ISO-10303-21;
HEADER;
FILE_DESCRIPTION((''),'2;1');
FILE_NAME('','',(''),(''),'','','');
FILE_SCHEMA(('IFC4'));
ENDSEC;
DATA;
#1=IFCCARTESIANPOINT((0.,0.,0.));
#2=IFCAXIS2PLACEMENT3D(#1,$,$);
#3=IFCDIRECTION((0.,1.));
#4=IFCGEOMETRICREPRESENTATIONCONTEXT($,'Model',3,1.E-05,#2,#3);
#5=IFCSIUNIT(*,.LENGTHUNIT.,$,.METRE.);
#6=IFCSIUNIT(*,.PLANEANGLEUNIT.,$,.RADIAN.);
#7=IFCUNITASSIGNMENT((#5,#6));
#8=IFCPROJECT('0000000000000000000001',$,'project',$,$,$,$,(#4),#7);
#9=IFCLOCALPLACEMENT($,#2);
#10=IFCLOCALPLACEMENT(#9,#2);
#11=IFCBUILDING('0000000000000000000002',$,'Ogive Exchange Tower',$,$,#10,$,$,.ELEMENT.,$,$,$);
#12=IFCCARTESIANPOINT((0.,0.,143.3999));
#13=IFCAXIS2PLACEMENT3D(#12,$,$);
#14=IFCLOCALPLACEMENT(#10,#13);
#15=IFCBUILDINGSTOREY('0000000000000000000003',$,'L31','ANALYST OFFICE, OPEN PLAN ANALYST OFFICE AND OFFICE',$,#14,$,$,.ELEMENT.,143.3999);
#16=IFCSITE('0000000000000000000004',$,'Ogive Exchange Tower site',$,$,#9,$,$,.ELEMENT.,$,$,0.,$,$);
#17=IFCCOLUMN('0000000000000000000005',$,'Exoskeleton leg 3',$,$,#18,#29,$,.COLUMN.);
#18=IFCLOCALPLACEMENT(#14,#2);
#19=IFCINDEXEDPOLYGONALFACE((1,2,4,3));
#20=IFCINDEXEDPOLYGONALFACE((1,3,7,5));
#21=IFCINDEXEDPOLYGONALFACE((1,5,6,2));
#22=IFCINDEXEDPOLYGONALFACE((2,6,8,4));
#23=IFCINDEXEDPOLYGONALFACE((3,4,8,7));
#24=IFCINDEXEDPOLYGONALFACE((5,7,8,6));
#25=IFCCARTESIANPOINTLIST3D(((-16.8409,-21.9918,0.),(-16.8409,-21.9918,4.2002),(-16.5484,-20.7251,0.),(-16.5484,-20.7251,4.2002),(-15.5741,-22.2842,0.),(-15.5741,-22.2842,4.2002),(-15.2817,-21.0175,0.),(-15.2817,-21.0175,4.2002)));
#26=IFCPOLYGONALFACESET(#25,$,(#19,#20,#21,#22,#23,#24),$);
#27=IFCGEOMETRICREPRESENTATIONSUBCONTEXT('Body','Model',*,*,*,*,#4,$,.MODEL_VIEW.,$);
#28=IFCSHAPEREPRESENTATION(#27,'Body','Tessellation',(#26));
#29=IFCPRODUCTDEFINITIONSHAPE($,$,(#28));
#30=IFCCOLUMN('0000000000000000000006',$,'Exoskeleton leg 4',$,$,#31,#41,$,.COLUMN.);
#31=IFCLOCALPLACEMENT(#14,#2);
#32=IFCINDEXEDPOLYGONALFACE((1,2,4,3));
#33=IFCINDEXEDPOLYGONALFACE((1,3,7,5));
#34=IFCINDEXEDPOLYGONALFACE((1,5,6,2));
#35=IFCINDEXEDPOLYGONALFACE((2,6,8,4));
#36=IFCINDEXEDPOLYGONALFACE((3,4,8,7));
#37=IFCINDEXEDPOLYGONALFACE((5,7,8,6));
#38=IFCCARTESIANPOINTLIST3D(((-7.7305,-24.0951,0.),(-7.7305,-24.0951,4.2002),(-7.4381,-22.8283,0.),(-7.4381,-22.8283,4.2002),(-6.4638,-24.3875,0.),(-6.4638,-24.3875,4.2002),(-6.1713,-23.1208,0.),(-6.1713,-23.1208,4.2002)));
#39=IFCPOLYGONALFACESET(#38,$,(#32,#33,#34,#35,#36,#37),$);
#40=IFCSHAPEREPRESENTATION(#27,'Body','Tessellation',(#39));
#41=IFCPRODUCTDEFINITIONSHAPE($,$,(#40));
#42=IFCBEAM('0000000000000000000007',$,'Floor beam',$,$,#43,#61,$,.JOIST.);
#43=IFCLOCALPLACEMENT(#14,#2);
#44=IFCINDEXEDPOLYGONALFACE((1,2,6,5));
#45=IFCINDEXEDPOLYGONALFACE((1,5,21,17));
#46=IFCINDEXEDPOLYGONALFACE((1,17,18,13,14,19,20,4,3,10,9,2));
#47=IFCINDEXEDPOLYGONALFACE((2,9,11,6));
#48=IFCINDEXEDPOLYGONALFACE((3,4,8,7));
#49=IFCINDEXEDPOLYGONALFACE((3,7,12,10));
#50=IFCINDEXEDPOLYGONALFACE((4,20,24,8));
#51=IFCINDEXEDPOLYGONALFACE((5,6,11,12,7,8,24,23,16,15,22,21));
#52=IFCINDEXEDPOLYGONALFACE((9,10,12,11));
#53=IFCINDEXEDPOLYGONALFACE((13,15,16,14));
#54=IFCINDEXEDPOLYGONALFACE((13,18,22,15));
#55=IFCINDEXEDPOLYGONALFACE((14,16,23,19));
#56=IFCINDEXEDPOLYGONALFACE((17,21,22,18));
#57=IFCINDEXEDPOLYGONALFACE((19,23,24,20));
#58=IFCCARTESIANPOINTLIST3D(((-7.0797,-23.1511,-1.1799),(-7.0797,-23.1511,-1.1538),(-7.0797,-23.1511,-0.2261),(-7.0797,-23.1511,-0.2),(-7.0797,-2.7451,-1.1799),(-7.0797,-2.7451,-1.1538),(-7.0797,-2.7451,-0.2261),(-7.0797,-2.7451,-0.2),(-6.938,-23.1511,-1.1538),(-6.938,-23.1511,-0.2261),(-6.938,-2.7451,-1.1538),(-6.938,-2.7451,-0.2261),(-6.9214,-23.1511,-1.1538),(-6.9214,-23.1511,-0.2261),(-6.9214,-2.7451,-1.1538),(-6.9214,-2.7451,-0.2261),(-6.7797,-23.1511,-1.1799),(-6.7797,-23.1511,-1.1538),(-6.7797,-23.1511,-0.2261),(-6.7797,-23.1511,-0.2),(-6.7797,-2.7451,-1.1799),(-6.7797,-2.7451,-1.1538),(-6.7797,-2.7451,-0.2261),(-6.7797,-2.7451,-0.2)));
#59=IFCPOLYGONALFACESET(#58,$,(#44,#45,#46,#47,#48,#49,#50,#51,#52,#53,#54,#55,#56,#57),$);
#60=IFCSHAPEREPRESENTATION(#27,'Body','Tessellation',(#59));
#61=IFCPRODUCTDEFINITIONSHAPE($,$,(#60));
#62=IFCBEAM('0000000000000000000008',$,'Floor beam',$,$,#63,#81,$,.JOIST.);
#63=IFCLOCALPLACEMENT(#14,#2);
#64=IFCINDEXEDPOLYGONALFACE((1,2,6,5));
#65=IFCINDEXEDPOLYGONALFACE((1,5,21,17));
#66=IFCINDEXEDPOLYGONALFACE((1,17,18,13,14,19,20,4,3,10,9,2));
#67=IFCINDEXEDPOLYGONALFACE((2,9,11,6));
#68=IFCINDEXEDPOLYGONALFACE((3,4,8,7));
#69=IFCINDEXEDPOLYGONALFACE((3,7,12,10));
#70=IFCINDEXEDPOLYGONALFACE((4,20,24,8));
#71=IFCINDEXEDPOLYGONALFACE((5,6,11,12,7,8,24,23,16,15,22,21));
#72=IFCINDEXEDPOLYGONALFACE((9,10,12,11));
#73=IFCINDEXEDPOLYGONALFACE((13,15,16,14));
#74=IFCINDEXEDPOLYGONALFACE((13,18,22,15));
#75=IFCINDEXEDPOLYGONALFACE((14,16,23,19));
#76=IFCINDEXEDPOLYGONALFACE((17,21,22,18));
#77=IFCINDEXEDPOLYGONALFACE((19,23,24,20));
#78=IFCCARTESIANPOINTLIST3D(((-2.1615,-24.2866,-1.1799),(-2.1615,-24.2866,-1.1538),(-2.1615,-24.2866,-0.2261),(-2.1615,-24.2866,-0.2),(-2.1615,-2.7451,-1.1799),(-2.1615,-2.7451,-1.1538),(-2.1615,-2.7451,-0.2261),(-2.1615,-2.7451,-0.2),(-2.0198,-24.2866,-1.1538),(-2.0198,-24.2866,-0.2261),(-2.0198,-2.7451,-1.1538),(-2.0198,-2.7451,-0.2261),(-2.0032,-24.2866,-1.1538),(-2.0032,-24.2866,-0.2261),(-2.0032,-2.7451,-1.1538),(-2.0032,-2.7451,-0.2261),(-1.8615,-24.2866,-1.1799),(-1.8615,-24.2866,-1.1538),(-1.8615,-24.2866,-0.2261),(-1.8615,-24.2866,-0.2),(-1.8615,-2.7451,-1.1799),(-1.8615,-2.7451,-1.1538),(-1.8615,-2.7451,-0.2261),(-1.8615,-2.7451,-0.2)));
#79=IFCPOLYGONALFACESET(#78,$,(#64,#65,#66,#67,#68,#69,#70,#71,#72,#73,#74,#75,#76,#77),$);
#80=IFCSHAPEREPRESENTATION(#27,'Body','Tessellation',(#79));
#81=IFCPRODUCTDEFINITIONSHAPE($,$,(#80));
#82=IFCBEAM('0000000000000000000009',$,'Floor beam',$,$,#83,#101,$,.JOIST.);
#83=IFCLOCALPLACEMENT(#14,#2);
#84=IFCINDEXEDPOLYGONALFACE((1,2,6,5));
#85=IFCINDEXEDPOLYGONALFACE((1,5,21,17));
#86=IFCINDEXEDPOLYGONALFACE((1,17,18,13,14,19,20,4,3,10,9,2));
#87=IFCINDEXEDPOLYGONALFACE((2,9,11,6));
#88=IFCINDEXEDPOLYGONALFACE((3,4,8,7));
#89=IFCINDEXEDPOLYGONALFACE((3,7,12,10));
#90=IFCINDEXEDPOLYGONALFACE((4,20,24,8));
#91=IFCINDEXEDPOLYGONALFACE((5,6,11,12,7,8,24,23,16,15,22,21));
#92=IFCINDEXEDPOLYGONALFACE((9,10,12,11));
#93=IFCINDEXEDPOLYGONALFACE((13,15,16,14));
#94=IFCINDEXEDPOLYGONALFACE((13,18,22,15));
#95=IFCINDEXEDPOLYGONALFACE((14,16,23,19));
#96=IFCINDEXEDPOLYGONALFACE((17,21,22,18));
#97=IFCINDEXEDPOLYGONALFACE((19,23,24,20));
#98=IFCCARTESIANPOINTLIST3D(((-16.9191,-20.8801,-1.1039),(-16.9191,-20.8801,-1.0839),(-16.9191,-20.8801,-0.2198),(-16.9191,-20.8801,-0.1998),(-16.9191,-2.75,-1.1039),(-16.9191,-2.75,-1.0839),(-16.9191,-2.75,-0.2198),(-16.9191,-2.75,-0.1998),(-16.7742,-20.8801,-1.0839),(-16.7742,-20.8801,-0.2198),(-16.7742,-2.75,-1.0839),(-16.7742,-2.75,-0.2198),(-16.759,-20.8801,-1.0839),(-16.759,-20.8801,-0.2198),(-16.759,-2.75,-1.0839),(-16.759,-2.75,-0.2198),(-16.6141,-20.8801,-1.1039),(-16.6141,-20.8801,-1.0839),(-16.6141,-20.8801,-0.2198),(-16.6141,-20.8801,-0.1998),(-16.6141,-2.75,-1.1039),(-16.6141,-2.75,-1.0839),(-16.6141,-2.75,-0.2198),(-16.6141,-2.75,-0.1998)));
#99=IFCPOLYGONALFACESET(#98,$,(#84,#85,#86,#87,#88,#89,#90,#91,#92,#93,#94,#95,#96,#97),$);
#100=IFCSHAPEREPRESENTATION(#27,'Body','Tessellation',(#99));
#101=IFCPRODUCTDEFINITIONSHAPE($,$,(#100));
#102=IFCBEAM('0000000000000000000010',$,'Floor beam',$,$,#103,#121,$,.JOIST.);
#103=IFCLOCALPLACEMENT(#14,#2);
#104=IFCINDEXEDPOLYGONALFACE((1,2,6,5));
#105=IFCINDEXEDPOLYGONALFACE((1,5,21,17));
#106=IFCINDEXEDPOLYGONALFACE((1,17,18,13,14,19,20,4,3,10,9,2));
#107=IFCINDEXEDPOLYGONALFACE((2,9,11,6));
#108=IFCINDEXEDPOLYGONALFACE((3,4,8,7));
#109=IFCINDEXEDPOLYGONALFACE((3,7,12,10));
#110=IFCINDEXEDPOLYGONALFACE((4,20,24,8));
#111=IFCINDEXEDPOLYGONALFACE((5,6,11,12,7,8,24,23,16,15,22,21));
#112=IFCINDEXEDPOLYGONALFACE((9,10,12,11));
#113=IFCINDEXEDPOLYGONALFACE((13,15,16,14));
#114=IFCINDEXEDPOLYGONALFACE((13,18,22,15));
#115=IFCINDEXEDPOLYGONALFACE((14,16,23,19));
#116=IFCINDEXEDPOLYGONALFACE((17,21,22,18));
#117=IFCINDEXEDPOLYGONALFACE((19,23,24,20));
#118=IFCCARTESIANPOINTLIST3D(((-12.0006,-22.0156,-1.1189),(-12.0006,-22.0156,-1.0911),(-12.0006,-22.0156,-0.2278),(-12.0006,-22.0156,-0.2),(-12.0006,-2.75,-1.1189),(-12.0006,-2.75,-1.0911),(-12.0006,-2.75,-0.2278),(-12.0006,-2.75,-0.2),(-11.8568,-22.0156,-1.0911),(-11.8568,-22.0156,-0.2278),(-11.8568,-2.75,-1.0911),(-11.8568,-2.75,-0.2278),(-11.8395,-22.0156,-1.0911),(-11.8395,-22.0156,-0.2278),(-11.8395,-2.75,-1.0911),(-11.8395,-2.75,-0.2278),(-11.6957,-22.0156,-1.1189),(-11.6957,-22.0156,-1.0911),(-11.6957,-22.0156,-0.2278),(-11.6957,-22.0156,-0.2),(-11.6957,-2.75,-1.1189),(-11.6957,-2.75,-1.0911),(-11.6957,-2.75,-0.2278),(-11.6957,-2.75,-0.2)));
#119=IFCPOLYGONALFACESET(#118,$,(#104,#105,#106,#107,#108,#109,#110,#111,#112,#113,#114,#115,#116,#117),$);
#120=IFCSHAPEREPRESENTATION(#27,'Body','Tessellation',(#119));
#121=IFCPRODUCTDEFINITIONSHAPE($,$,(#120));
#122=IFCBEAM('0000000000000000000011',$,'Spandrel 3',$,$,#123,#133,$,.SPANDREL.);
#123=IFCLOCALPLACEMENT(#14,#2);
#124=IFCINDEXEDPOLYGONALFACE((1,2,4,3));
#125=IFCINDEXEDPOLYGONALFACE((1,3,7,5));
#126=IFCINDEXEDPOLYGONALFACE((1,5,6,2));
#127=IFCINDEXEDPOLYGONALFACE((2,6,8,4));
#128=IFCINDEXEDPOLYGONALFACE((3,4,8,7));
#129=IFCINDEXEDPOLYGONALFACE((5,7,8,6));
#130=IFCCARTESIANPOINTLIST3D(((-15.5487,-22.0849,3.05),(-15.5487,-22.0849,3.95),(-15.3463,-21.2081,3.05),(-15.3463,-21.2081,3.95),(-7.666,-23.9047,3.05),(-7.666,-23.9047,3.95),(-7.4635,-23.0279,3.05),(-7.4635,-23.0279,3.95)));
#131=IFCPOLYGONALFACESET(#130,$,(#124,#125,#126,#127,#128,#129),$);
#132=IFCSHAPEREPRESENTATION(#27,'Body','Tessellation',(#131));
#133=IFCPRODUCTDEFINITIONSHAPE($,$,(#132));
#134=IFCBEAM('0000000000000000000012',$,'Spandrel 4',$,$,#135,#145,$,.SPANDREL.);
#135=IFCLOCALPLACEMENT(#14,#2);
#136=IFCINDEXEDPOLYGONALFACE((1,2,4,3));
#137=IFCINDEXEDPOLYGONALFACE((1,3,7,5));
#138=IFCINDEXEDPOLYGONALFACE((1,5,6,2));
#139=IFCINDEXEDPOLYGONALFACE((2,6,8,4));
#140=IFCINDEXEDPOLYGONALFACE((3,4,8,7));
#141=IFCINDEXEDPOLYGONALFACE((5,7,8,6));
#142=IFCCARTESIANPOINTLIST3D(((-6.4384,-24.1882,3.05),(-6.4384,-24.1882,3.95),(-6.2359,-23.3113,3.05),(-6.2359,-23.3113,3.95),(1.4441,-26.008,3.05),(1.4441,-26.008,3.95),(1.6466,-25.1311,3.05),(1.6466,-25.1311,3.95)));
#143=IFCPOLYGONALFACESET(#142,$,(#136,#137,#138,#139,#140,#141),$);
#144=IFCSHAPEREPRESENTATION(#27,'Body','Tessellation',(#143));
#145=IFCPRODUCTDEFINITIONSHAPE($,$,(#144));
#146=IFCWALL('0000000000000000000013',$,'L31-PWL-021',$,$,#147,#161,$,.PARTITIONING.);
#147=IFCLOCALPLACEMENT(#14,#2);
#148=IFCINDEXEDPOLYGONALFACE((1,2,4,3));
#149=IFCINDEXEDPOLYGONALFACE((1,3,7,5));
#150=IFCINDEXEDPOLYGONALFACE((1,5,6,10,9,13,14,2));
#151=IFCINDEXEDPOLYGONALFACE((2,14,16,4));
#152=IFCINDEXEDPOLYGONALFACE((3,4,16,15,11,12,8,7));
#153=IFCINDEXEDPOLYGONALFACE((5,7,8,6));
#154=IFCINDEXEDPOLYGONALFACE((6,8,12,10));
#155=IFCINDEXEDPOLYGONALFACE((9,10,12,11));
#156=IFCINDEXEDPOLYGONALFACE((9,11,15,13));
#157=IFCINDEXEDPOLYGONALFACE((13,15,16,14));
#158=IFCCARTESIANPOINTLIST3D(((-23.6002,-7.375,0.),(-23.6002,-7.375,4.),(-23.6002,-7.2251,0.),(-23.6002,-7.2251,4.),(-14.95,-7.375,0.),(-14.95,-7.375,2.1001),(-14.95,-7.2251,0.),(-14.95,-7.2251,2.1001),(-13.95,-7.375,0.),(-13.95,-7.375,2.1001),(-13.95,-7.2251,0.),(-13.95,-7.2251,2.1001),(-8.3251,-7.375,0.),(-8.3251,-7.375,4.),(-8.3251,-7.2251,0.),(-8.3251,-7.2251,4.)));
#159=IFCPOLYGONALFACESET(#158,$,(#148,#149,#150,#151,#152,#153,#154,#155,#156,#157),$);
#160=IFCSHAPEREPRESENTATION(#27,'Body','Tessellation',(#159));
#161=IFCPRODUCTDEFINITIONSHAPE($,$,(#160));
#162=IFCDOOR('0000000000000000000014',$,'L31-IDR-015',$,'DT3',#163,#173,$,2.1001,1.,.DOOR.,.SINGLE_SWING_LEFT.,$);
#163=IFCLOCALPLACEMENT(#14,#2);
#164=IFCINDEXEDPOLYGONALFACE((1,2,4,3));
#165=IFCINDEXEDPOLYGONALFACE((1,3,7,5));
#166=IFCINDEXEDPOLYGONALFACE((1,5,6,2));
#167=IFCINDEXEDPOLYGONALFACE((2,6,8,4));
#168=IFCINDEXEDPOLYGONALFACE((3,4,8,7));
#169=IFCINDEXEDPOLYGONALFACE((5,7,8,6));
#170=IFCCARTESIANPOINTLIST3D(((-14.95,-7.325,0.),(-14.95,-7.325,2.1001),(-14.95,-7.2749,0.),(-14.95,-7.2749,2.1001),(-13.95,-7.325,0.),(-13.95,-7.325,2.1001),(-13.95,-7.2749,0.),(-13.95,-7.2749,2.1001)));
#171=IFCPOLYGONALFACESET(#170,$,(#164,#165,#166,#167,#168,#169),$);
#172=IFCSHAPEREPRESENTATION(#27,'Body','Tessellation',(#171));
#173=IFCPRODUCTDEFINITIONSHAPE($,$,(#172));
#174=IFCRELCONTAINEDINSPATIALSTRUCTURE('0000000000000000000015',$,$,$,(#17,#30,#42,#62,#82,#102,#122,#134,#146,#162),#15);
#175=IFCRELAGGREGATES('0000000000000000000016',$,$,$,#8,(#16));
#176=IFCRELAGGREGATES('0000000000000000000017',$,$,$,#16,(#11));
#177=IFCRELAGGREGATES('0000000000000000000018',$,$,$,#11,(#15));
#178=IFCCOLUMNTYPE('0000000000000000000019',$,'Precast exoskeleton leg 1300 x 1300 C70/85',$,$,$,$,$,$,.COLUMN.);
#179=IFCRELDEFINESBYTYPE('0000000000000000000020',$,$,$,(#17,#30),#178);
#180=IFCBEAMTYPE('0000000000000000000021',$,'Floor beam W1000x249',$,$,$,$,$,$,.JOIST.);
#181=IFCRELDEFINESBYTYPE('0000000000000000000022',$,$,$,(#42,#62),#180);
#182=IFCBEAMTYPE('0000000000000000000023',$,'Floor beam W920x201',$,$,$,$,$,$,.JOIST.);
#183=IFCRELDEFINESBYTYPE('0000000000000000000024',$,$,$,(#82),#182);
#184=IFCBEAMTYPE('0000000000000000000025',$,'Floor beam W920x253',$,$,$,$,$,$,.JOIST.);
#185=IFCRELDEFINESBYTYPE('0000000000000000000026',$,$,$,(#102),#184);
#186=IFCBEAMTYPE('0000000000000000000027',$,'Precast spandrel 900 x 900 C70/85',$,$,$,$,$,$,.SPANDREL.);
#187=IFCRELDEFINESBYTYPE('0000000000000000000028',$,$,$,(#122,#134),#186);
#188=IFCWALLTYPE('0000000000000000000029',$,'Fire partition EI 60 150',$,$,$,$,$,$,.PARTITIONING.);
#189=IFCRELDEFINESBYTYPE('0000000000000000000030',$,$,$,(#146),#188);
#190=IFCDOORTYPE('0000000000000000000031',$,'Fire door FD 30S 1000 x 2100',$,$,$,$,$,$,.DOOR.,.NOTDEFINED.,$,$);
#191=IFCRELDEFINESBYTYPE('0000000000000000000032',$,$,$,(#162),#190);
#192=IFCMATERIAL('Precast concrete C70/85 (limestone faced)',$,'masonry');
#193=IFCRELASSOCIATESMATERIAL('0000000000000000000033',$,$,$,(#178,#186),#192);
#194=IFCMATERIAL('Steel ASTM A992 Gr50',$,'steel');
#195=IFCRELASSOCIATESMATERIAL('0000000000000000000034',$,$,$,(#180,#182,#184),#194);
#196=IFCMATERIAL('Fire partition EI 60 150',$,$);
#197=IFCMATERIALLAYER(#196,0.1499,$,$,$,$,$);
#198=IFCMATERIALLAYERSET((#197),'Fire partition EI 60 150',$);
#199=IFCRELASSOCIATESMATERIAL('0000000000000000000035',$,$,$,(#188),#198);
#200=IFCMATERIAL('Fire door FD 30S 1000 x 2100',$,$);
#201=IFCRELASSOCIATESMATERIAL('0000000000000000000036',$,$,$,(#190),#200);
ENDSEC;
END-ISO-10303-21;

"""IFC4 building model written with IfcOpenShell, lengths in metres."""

from ifc_helpers import new_model, si_unit, direction, frame, frame_2d, origin, origin_2d, place, context, subcontext, project, spatial, rectangle, i_section, extrude, material, layer, layer_set, material_profile, profile_set, type_object, element, fill, save


model = new_model("IFC4")

# Units and contexts
model_context = context("Model", 3, precision=1e-05, world=origin(), true_north=direction((0.0, 1.0)))
body_context = subcontext(model_context, "Body", "Model", "MODEL_VIEW")
ifc_project = project(units=[si_unit("LENGTHUNIT", "METRE"), si_unit("PLANEANGLEUNIT", "RADIAN")], contexts=[model_context])

# Site, building, storey
site_placement = place(None, origin())
site = spatial("IfcSite", under=ifc_project, at=site_placement, Name="Ogive Exchange Tower site", CompositionType="ELEMENT", RefElevation=0.0)
building_placement = place(site_placement, origin())
building = spatial("IfcBuilding", under=site, at=building_placement, Name="Ogive Exchange Tower", CompositionType="ELEMENT")
storey_placement = place(building_placement, frame((0.0, 0.0, 143.3999)))
storey = spatial("IfcBuildingStorey", under=building, at=storey_placement, Name="L31", Description="ANALYST OFFICE, OPEN PLAN ANALYST OFFICE AND OFFICE", CompositionType="ELEMENT", Elevation=143.3999)

# Columns
ifc_material_1 = material(Name="Precast concrete C70/85 (limestone faced)", Category="masonry")
ifc_material_profile_1 = material_profile(ifc_material_1, rectangle(XDim=1.3, YDim=1.3, at=origin_2d()), Name="1300 x 1300")
ifc_profile_set_1 = profile_set([ifc_material_profile_1], Name="Precast concrete C70/85 (limestone faced)")
column_type = type_object("IfcColumnType", Name="Precast exoskeleton leg 1300 x 1300 C70/85", PredefinedType="COLUMN", material=ifc_profile_set_1)
for number, where, z_axis, x_axis, name in (
    (1, (-16.0613, -21.5046, 0.0), (0.0, 0.0, 1.0), (0.97437, -0.224951, 0.0), "Exoskeleton leg 3"),
    (2, (-6.9509, -23.6079, 0.0), (0.0, 0.0, 1.0), (0.97437, -0.224951, 0.0), "Exoskeleton leg 4"),
):
    element("IfcColumn", number, at=place(storey_placement, frame(where, z_axis=z_axis, x_axis=x_axis)), inside=storey, type_object=column_type, Name=name, PredefinedType="COLUMN", context=body_context, shape_type="SweptSolid", body=[
        extrude(rectangle(XDim=1.3, YDim=1.3, at=origin_2d()), origin(), (0.0, 0.0, 1.0), 4.2002),
    ])

# Beams
ifc_material_2 = material(Name="Steel ASTM A992 Gr50", Category="steel")
ifc_material_profile_2 = material_profile(ifc_material_2, i_section(OverallWidth=0.3, OverallDepth=0.98, WebThickness=0.0166, FlangeThickness=0.0261, at=origin_2d()), Name="W1000x249")
ifc_profile_set_2 = profile_set([ifc_material_profile_2], Name="Steel ASTM A992 Gr50")
beam_type_1 = type_object("IfcBeamType", Name="Floor beam W1000x249", PredefinedType="JOIST", material=ifc_profile_set_2)
beam_1_placement = place(storey_placement, frame((-6.9297, -23.1511, -0.6899), z_axis=(0.0, 1.0, 0.0), x_axis=(-1.0, 0.0, 0.0)))
element("IfcBeam", 3, at=beam_1_placement, inside=storey, type_object=beam_type_1, Name="Floor beam", PredefinedType="JOIST", context=body_context, shape_type="SweptSolid", body=[
    extrude(i_section(OverallWidth=0.3, OverallDepth=0.98, WebThickness=0.0166, FlangeThickness=0.0261, at=origin_2d()), origin(), (0.0, 0.0, 1.0), 20.406),
])
beam_2_placement = place(storey_placement, frame((-2.0115, -24.2866, -0.6899), z_axis=(0.0, 1.0, 0.0), x_axis=(-1.0, 0.0, 0.0)))
element("IfcBeam", 4, at=beam_2_placement, inside=storey, type_object=beam_type_1, Name="Floor beam", PredefinedType="JOIST", context=body_context, shape_type="SweptSolid", body=[
    extrude(i_section(OverallWidth=0.3, OverallDepth=0.98, WebThickness=0.0166, FlangeThickness=0.0261, at=origin_2d()), origin(), (0.0, 0.0, 1.0), 21.5415),
])
ifc_material_profile_3 = material_profile(ifc_material_2, i_section(OverallWidth=0.3049, OverallDepth=0.9041, WebThickness=0.0151, FlangeThickness=0.02, at=origin_2d()), Name="W920x201")
ifc_profile_set_3 = profile_set([ifc_material_profile_3], Name="Steel ASTM A992 Gr50")
beam_type_2 = type_object("IfcBeamType", Name="Floor beam W920x201", PredefinedType="JOIST", material=ifc_profile_set_3)
beam_3_placement = place(storey_placement, frame((-16.7666, -20.8801, -0.6519), z_axis=(0.0, 1.0, 0.0), x_axis=(-1.0, 0.0, 0.0)))
element("IfcBeam", 5, at=beam_3_placement, inside=storey, type_object=beam_type_2, Name="Floor beam", PredefinedType="JOIST", context=body_context, shape_type="SweptSolid", body=[
    extrude(i_section(OverallWidth=0.3049, OverallDepth=0.9041, WebThickness=0.0151, FlangeThickness=0.02, at=origin_2d()), origin(), (0.0, 0.0, 1.0), 18.1301),
])
ifc_material_profile_4 = material_profile(ifc_material_2, i_section(OverallWidth=0.3049, OverallDepth=0.9189, WebThickness=0.0173, FlangeThickness=0.0278, at=origin_2d()), Name="W920x253")
ifc_profile_set_4 = profile_set([ifc_material_profile_4], Name="Steel ASTM A992 Gr50")
beam_type_3 = type_object("IfcBeamType", Name="Floor beam W920x253", PredefinedType="JOIST", material=ifc_profile_set_4)
beam_4_placement = place(storey_placement, frame((-11.8481, -22.0156, -0.6594), z_axis=(0.0, 1.0, 0.0), x_axis=(-1.0, 0.0, 0.0)))
element("IfcBeam", 6, at=beam_4_placement, inside=storey, type_object=beam_type_3, Name="Floor beam", PredefinedType="JOIST", context=body_context, shape_type="SweptSolid", body=[
    extrude(i_section(OverallWidth=0.3049, OverallDepth=0.9189, WebThickness=0.0173, FlangeThickness=0.0278, at=origin_2d()), origin(), (0.0, 0.0, 1.0), 19.2656),
])
ifc_material_profile_5 = material_profile(ifc_material_1, rectangle(XDim=0.8999, YDim=0.8999, at=origin_2d()), Name="900 x 900")
ifc_profile_set_5 = profile_set([ifc_material_profile_5], Name="Precast concrete C70/85 (limestone faced)")
beam_type_4 = type_object("IfcBeamType", Name="Precast spandrel 900 x 900 C70/85", PredefinedType="SPANDREL", material=ifc_profile_set_5)
beam_5_placement = place(storey_placement, frame((-15.4475, -21.6465, 3.5), z_axis=(0.974372, -0.224943, 0.0), x_axis=(0.224943, 0.974372, 0.0)))
element("IfcBeam", 7, at=beam_5_placement, inside=storey, type_object=beam_type_4, Name="Spandrel 3", PredefinedType="SPANDREL", context=body_context, shape_type="SweptSolid", body=[
    extrude(rectangle(XDim=0.8999, YDim=0.8999, at=origin_2d()), origin(), (0.0, 0.0, 1.0), 8.0901),
])
beam_6_placement = place(storey_placement, frame((-6.3372, -23.7498, 3.5), z_axis=(0.97437, -0.22495, 0.0), x_axis=(0.22495, 0.97437, 0.0)))
element("IfcBeam", 8, at=beam_6_placement, inside=storey, type_object=beam_type_4, Name="Spandrel 4", PredefinedType="SPANDREL", context=body_context, shape_type="SweptSolid", body=[
    extrude(rectangle(XDim=0.8999, YDim=0.8999, at=origin_2d()), origin(), (0.0, 0.0, 1.0), 8.0898),
])

# Wall, opening, door
ifc_material_3 = material(Name="Fire partition EI 60 150")
ifc_layer_1 = layer(ifc_material_3, 0.1499)
ifc_layer_set_1 = layer_set([ifc_layer_1], Name="Fire partition EI 60 150")
wall_type_1 = type_object("IfcWallType", Name="Fire partition EI 60 150", PredefinedType="PARTITIONING", material=ifc_layer_set_1)
wall_1_placement = place(storey_placement, frame((-8.325, -7.3, 0.0), z_axis=(0.0, 0.0, 1.0), x_axis=(-1.0, 0.0, 0.0)))
wall_1 = element("IfcWall", 9, at=wall_1_placement, inside=storey, type_object=wall_type_1, Name="L31-PWL-021", PredefinedType="PARTITIONING", context=body_context, shape_type="SweptSolid", body=[
    extrude(rectangle(XDim=15.2751, YDim=0.1499, at=frame_2d((7.6377, 0.0))), origin(), (0.0, 0.0, 1.0), 4.0),
])
opening_1_placement = place(wall_1_placement, frame((5.625, 0.0, 0.0)))
opening_1 = element("IfcOpeningElement", 10, at=opening_1_placement, cuts=wall_1, PredefinedType="OPENING", context=body_context, shape_type="SweptSolid", body=[
    extrude(rectangle(XDim=1.0, YDim=2.1001, at=frame_2d((0.5, 1.05))), frame((0.0, 0.085, 0.0), z_axis=(0.0, -1.0, 0.0), x_axis=(1.0, 0.0, 0.0)), (0.0, 0.0, 1.0), 0.1699),
])
ifc_material_4 = material(Name="Fire door FD 30S 1000 x 2100")
door_type_1 = type_object("IfcDoorType", Name="Fire door FD 30S 1000 x 2100", OperationType="NOTDEFINED", PredefinedType="DOOR", material=ifc_material_4)
door_1_placement = place(opening_1_placement, origin())
door_1 = element("IfcDoor", 11, at=door_1_placement, inside=storey, type_object=door_type_1, Name="L31-IDR-015", ObjectType="DT3", OperationType="SINGLE_SWING_LEFT", OverallHeight=2.1001, OverallWidth=1.0, PredefinedType="DOOR", context=body_context, shape_type="SweptSolid", body=[
    extrude(rectangle(XDim=1.0, YDim=2.1001, at=frame_2d((0.5, 1.05))), frame((0.0, 0.0249, 0.0), z_axis=(0.0, -1.0, 0.0), x_axis=(1.0, 0.0, 0.0)), (0.0, 0.0, 1.0), 0.05),
])
fill(opening_1, door_1)

save(model, "model.ifc")
